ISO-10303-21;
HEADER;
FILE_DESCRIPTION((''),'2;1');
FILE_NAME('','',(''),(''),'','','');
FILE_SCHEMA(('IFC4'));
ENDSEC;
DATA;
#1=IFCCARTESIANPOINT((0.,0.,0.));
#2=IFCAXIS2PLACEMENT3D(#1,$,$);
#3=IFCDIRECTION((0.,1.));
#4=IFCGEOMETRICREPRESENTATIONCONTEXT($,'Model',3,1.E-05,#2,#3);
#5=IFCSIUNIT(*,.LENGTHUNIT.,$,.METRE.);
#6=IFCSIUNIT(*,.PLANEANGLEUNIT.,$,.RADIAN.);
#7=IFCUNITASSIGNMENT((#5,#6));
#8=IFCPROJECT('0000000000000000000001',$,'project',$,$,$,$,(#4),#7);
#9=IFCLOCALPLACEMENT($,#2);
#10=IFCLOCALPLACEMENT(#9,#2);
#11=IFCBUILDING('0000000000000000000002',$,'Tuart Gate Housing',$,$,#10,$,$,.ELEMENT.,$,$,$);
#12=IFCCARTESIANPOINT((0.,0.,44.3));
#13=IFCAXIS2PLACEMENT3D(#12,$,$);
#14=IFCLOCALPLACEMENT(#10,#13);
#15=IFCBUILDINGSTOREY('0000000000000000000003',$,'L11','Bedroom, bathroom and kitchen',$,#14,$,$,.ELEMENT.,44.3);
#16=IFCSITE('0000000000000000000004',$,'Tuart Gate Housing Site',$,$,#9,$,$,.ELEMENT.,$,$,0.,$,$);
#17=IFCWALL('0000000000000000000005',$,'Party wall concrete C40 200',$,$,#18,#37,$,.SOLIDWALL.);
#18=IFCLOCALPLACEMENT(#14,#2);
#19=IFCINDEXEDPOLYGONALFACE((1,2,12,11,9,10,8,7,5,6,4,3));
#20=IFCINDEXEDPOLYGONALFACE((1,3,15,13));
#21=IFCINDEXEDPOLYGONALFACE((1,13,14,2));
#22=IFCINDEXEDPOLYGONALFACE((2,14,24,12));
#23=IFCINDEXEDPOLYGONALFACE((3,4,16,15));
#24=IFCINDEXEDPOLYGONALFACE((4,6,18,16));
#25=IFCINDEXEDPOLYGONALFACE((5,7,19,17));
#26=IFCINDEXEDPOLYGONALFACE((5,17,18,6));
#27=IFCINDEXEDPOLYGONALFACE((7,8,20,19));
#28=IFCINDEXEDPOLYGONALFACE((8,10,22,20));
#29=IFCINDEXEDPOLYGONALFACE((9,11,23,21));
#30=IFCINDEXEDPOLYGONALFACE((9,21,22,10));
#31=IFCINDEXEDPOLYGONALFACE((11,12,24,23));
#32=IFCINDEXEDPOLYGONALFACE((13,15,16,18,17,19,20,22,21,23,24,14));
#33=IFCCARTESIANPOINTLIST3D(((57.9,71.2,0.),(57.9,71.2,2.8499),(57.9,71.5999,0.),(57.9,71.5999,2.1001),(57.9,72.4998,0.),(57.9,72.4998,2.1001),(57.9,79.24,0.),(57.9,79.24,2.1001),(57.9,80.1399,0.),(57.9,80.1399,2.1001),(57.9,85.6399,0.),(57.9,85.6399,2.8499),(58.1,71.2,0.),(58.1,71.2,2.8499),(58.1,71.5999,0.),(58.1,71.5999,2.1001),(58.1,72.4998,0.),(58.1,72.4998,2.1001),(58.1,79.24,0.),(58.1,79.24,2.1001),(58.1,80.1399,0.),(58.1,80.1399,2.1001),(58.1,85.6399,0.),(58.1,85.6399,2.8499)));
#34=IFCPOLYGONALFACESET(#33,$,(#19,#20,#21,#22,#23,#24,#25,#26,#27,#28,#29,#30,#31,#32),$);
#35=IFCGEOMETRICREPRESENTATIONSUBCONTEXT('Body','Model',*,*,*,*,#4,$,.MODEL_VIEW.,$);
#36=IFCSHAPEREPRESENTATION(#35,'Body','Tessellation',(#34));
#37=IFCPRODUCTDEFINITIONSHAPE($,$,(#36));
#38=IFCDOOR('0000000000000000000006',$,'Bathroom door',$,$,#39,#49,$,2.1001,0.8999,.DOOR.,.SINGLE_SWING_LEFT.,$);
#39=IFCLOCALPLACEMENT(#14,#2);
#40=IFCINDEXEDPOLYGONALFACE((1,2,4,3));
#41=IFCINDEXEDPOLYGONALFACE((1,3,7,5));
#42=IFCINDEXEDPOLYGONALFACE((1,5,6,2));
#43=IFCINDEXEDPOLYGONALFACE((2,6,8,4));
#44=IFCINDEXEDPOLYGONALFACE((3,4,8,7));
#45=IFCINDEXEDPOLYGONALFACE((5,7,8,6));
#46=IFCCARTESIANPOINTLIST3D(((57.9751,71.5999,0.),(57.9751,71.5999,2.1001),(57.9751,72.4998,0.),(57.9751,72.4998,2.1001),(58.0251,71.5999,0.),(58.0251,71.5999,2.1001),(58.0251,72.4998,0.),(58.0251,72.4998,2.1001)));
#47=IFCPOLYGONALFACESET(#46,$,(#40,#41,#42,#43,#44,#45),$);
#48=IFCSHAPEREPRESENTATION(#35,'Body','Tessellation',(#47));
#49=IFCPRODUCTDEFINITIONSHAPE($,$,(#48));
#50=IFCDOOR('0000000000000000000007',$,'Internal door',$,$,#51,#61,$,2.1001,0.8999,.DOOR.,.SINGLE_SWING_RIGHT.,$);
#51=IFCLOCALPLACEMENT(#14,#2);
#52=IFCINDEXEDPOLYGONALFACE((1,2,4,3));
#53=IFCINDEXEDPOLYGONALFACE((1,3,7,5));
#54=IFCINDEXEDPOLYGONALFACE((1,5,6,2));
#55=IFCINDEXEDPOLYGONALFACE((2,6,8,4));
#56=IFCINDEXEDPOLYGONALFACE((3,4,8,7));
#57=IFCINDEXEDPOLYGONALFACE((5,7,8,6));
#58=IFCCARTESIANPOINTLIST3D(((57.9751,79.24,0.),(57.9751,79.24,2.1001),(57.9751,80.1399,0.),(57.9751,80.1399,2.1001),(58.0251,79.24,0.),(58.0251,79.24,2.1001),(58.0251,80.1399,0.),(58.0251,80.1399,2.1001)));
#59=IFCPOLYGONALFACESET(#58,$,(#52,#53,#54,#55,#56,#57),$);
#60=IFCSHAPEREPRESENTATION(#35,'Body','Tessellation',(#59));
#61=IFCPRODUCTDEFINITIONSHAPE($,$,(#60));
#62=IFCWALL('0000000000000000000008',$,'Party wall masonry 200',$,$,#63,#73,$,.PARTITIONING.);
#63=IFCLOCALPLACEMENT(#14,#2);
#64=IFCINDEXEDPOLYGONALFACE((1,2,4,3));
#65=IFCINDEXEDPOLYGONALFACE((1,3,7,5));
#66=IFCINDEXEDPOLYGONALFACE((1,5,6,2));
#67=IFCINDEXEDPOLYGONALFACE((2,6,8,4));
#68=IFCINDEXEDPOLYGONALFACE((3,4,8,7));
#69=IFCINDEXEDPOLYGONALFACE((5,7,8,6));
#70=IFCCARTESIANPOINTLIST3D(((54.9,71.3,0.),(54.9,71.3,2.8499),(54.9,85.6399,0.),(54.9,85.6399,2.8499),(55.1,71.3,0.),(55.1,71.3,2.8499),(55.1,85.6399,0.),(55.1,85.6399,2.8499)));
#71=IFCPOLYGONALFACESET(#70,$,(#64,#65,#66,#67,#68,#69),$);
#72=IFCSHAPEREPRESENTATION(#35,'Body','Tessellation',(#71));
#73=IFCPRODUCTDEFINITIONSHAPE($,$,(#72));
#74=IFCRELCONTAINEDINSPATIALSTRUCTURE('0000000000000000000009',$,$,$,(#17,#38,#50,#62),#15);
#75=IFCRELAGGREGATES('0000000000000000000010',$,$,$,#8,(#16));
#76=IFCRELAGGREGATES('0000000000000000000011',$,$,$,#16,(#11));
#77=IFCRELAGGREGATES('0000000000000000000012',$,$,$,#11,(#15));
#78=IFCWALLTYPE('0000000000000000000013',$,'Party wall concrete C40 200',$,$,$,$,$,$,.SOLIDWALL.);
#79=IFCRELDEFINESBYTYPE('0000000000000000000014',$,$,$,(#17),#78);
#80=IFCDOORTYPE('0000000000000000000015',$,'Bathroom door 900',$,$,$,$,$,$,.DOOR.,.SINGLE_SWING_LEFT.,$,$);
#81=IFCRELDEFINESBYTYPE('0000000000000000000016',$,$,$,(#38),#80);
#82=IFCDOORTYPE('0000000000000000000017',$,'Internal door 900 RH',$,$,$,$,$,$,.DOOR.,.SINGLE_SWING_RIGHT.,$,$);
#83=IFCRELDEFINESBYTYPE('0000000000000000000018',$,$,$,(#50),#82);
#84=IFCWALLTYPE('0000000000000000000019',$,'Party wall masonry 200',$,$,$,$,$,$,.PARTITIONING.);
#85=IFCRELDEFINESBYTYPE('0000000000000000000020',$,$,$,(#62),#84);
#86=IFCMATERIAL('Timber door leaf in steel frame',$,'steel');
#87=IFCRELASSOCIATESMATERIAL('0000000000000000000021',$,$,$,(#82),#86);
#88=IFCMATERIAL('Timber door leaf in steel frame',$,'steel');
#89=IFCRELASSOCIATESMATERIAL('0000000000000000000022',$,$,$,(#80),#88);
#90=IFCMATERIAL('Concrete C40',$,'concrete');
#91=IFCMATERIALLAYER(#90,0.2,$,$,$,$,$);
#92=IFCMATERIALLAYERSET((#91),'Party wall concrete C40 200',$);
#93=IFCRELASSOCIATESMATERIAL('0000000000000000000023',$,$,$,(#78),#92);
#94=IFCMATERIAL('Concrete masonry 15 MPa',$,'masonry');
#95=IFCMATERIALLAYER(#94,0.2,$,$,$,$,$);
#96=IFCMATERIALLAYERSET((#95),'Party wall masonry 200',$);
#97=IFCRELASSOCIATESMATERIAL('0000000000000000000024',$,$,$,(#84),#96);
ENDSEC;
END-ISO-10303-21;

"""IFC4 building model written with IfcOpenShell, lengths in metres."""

from ifc_helpers import new_model, si_unit, direction, frame, frame_2d, origin, place, context, subcontext, project, spatial, rectangle, extrude, material, layer, layer_set, type_object, element, fill, save


model = new_model("IFC4")

# Units and contexts
model_context = context("Model", 3, precision=1e-05, world=origin(), true_north=direction((0.0, 1.0)))
body_context = subcontext(model_context, "Body", "Model", "MODEL_VIEW")
ifc_project = project(units=[si_unit("LENGTHUNIT", "METRE"), si_unit("PLANEANGLEUNIT", "RADIAN")], contexts=[model_context])

# Site, building, storey
site_placement = place(None, origin())
site = spatial("IfcSite", under=ifc_project, at=site_placement, Name="Tuart Gate Housing Site", CompositionType="ELEMENT", RefElevation=0.0)
building_placement = place(site_placement, origin())
building = spatial("IfcBuilding", under=site, at=building_placement, Name="Tuart Gate Housing", CompositionType="ELEMENT")
storey_placement = place(building_placement, frame((0.0, 0.0, 44.3)))
storey = spatial("IfcBuildingStorey", under=building, at=storey_placement, Name="L11", Description="Bedroom, bathroom and kitchen", CompositionType="ELEMENT", Elevation=44.3)

# Shared definitions
ifc_material_1 = material(Name="Timber door leaf in steel frame", Category="steel")
door_type_1 = type_object("IfcDoorType", Name="Internal door 900 RH", OperationType="SINGLE_SWING_RIGHT", PredefinedType="DOOR", material=ifc_material_1)

# Shared definitions
ifc_material_2 = material(Name="Timber door leaf in steel frame", Category="steel")
door_type_2 = type_object("IfcDoorType", Name="Bathroom door 900", OperationType="SINGLE_SWING_LEFT", PredefinedType="DOOR", material=ifc_material_2)

# Shared definitions
ifc_material_3 = material(Name="Concrete C40", Category="concrete")
ifc_layer_1 = layer(ifc_material_3, 0.2)
ifc_layer_set_1 = layer_set([ifc_layer_1], Name="Party wall concrete C40 200")
wall_type_1 = type_object("IfcWallType", Name="Party wall concrete C40 200", PredefinedType="SOLIDWALL", material=ifc_layer_set_1)

# Wall, openings, doors
wall_1_placement = place(storey_placement, frame((58.0, 71.2, 0.0), z_axis=(0.0, 0.0, 1.0), x_axis=(0.0, 1.0, 0.0)))
wall_1 = element("IfcWall", 1, at=wall_1_placement, inside=storey, type_object=wall_type_1, Name="Party wall concrete C40 200", PredefinedType="SOLIDWALL", context=body_context, shape_type="SweptSolid", body=[
    extrude(rectangle(XDim=14.4399, YDim=0.2, at=frame_2d((7.22, 0.0))), origin(), (0.0, 0.0, 1.0), 2.8499),
])
opening_1_placement = place(wall_1_placement, frame((8.04, 0.0, 0.0)))
opening_1 = element("IfcOpeningElement", 2, at=opening_1_placement, cuts=wall_1, PredefinedType="OPENING", context=body_context, shape_type="SweptSolid", body=[
    extrude(rectangle(XDim=0.8999, YDim=2.1001, at=frame_2d((0.45, 1.05))), frame((0.0, 0.1099, 0.0), z_axis=(0.0, -1.0, 0.0), x_axis=(1.0, 0.0, 0.0)), (0.0, 0.0, 1.0), 0.22),
])
opening_2_placement = place(wall_1_placement, frame((0.3999, 0.0, 0.0)))
opening_2 = element("IfcOpeningElement", 3, at=opening_2_placement, cuts=wall_1, PredefinedType="OPENING", context=body_context, shape_type="SweptSolid", body=[
    extrude(rectangle(XDim=0.8999, YDim=2.1001, at=frame_2d((0.45, 1.05))), frame((0.0, 0.1099, 0.0), z_axis=(0.0, -1.0, 0.0), x_axis=(1.0, 0.0, 0.0)), (0.0, 0.0, 1.0), 0.22),
])
door_1_placement = place(opening_2_placement, origin())
door_1 = element("IfcDoor", 4, at=door_1_placement, inside=storey, type_object=door_type_2, Name="Bathroom door", OperationType="SINGLE_SWING_LEFT", OverallHeight=2.1001, OverallWidth=0.8999, PredefinedType="DOOR", context=body_context, shape_type="SweptSolid", body=[
    extrude(rectangle(XDim=0.8999, YDim=2.1001, at=frame_2d((0.45, 1.05))), frame((0.0, 0.0249, 0.0), z_axis=(0.0, -1.0, 0.0), x_axis=(1.0, 0.0, 0.0)), (0.0, 0.0, 1.0), 0.05),
])
fill(opening_2, door_1)
door_2_placement = place(opening_1_placement, origin())
door_2 = element("IfcDoor", 5, at=door_2_placement, inside=storey, type_object=door_type_1, Name="Internal door", OperationType="SINGLE_SWING_RIGHT", OverallHeight=2.1001, OverallWidth=0.8999, PredefinedType="DOOR", context=body_context, shape_type="SweptSolid", body=[
    extrude(rectangle(XDim=0.8999, YDim=2.1001, at=frame_2d((0.45, 1.05))), frame((0.0, 0.0249, 0.0), z_axis=(0.0, -1.0, 0.0), x_axis=(1.0, 0.0, 0.0)), (0.0, 0.0, 1.0), 0.05),
])
fill(opening_1, door_2)

# Wall
ifc_material_4 = material(Name="Concrete masonry 15 MPa", Category="masonry")
ifc_layer_2 = layer(ifc_material_4, 0.2)
ifc_layer_set_2 = layer_set([ifc_layer_2], Name="Party wall masonry 200")
wall_type_2 = type_object("IfcWallType", Name="Party wall masonry 200", PredefinedType="PARTITIONING", material=ifc_layer_set_2)
wall_2_placement = place(storey_placement, frame((55.0, 71.3, 0.0), z_axis=(0.0, 0.0, 1.0), x_axis=(0.0, 1.0, 0.0)))
element("IfcWall", 6, at=wall_2_placement, inside=storey, type_object=wall_type_2, Name="Party wall masonry 200", PredefinedType="PARTITIONING", context=body_context, shape_type="SweptSolid", body=[
    extrude(rectangle(XDim=14.3398, YDim=0.2, at=frame_2d((7.1699, 0.0))), origin(), (0.0, 0.0, 1.0), 2.8499),
])

save(model, "model.ifc")
